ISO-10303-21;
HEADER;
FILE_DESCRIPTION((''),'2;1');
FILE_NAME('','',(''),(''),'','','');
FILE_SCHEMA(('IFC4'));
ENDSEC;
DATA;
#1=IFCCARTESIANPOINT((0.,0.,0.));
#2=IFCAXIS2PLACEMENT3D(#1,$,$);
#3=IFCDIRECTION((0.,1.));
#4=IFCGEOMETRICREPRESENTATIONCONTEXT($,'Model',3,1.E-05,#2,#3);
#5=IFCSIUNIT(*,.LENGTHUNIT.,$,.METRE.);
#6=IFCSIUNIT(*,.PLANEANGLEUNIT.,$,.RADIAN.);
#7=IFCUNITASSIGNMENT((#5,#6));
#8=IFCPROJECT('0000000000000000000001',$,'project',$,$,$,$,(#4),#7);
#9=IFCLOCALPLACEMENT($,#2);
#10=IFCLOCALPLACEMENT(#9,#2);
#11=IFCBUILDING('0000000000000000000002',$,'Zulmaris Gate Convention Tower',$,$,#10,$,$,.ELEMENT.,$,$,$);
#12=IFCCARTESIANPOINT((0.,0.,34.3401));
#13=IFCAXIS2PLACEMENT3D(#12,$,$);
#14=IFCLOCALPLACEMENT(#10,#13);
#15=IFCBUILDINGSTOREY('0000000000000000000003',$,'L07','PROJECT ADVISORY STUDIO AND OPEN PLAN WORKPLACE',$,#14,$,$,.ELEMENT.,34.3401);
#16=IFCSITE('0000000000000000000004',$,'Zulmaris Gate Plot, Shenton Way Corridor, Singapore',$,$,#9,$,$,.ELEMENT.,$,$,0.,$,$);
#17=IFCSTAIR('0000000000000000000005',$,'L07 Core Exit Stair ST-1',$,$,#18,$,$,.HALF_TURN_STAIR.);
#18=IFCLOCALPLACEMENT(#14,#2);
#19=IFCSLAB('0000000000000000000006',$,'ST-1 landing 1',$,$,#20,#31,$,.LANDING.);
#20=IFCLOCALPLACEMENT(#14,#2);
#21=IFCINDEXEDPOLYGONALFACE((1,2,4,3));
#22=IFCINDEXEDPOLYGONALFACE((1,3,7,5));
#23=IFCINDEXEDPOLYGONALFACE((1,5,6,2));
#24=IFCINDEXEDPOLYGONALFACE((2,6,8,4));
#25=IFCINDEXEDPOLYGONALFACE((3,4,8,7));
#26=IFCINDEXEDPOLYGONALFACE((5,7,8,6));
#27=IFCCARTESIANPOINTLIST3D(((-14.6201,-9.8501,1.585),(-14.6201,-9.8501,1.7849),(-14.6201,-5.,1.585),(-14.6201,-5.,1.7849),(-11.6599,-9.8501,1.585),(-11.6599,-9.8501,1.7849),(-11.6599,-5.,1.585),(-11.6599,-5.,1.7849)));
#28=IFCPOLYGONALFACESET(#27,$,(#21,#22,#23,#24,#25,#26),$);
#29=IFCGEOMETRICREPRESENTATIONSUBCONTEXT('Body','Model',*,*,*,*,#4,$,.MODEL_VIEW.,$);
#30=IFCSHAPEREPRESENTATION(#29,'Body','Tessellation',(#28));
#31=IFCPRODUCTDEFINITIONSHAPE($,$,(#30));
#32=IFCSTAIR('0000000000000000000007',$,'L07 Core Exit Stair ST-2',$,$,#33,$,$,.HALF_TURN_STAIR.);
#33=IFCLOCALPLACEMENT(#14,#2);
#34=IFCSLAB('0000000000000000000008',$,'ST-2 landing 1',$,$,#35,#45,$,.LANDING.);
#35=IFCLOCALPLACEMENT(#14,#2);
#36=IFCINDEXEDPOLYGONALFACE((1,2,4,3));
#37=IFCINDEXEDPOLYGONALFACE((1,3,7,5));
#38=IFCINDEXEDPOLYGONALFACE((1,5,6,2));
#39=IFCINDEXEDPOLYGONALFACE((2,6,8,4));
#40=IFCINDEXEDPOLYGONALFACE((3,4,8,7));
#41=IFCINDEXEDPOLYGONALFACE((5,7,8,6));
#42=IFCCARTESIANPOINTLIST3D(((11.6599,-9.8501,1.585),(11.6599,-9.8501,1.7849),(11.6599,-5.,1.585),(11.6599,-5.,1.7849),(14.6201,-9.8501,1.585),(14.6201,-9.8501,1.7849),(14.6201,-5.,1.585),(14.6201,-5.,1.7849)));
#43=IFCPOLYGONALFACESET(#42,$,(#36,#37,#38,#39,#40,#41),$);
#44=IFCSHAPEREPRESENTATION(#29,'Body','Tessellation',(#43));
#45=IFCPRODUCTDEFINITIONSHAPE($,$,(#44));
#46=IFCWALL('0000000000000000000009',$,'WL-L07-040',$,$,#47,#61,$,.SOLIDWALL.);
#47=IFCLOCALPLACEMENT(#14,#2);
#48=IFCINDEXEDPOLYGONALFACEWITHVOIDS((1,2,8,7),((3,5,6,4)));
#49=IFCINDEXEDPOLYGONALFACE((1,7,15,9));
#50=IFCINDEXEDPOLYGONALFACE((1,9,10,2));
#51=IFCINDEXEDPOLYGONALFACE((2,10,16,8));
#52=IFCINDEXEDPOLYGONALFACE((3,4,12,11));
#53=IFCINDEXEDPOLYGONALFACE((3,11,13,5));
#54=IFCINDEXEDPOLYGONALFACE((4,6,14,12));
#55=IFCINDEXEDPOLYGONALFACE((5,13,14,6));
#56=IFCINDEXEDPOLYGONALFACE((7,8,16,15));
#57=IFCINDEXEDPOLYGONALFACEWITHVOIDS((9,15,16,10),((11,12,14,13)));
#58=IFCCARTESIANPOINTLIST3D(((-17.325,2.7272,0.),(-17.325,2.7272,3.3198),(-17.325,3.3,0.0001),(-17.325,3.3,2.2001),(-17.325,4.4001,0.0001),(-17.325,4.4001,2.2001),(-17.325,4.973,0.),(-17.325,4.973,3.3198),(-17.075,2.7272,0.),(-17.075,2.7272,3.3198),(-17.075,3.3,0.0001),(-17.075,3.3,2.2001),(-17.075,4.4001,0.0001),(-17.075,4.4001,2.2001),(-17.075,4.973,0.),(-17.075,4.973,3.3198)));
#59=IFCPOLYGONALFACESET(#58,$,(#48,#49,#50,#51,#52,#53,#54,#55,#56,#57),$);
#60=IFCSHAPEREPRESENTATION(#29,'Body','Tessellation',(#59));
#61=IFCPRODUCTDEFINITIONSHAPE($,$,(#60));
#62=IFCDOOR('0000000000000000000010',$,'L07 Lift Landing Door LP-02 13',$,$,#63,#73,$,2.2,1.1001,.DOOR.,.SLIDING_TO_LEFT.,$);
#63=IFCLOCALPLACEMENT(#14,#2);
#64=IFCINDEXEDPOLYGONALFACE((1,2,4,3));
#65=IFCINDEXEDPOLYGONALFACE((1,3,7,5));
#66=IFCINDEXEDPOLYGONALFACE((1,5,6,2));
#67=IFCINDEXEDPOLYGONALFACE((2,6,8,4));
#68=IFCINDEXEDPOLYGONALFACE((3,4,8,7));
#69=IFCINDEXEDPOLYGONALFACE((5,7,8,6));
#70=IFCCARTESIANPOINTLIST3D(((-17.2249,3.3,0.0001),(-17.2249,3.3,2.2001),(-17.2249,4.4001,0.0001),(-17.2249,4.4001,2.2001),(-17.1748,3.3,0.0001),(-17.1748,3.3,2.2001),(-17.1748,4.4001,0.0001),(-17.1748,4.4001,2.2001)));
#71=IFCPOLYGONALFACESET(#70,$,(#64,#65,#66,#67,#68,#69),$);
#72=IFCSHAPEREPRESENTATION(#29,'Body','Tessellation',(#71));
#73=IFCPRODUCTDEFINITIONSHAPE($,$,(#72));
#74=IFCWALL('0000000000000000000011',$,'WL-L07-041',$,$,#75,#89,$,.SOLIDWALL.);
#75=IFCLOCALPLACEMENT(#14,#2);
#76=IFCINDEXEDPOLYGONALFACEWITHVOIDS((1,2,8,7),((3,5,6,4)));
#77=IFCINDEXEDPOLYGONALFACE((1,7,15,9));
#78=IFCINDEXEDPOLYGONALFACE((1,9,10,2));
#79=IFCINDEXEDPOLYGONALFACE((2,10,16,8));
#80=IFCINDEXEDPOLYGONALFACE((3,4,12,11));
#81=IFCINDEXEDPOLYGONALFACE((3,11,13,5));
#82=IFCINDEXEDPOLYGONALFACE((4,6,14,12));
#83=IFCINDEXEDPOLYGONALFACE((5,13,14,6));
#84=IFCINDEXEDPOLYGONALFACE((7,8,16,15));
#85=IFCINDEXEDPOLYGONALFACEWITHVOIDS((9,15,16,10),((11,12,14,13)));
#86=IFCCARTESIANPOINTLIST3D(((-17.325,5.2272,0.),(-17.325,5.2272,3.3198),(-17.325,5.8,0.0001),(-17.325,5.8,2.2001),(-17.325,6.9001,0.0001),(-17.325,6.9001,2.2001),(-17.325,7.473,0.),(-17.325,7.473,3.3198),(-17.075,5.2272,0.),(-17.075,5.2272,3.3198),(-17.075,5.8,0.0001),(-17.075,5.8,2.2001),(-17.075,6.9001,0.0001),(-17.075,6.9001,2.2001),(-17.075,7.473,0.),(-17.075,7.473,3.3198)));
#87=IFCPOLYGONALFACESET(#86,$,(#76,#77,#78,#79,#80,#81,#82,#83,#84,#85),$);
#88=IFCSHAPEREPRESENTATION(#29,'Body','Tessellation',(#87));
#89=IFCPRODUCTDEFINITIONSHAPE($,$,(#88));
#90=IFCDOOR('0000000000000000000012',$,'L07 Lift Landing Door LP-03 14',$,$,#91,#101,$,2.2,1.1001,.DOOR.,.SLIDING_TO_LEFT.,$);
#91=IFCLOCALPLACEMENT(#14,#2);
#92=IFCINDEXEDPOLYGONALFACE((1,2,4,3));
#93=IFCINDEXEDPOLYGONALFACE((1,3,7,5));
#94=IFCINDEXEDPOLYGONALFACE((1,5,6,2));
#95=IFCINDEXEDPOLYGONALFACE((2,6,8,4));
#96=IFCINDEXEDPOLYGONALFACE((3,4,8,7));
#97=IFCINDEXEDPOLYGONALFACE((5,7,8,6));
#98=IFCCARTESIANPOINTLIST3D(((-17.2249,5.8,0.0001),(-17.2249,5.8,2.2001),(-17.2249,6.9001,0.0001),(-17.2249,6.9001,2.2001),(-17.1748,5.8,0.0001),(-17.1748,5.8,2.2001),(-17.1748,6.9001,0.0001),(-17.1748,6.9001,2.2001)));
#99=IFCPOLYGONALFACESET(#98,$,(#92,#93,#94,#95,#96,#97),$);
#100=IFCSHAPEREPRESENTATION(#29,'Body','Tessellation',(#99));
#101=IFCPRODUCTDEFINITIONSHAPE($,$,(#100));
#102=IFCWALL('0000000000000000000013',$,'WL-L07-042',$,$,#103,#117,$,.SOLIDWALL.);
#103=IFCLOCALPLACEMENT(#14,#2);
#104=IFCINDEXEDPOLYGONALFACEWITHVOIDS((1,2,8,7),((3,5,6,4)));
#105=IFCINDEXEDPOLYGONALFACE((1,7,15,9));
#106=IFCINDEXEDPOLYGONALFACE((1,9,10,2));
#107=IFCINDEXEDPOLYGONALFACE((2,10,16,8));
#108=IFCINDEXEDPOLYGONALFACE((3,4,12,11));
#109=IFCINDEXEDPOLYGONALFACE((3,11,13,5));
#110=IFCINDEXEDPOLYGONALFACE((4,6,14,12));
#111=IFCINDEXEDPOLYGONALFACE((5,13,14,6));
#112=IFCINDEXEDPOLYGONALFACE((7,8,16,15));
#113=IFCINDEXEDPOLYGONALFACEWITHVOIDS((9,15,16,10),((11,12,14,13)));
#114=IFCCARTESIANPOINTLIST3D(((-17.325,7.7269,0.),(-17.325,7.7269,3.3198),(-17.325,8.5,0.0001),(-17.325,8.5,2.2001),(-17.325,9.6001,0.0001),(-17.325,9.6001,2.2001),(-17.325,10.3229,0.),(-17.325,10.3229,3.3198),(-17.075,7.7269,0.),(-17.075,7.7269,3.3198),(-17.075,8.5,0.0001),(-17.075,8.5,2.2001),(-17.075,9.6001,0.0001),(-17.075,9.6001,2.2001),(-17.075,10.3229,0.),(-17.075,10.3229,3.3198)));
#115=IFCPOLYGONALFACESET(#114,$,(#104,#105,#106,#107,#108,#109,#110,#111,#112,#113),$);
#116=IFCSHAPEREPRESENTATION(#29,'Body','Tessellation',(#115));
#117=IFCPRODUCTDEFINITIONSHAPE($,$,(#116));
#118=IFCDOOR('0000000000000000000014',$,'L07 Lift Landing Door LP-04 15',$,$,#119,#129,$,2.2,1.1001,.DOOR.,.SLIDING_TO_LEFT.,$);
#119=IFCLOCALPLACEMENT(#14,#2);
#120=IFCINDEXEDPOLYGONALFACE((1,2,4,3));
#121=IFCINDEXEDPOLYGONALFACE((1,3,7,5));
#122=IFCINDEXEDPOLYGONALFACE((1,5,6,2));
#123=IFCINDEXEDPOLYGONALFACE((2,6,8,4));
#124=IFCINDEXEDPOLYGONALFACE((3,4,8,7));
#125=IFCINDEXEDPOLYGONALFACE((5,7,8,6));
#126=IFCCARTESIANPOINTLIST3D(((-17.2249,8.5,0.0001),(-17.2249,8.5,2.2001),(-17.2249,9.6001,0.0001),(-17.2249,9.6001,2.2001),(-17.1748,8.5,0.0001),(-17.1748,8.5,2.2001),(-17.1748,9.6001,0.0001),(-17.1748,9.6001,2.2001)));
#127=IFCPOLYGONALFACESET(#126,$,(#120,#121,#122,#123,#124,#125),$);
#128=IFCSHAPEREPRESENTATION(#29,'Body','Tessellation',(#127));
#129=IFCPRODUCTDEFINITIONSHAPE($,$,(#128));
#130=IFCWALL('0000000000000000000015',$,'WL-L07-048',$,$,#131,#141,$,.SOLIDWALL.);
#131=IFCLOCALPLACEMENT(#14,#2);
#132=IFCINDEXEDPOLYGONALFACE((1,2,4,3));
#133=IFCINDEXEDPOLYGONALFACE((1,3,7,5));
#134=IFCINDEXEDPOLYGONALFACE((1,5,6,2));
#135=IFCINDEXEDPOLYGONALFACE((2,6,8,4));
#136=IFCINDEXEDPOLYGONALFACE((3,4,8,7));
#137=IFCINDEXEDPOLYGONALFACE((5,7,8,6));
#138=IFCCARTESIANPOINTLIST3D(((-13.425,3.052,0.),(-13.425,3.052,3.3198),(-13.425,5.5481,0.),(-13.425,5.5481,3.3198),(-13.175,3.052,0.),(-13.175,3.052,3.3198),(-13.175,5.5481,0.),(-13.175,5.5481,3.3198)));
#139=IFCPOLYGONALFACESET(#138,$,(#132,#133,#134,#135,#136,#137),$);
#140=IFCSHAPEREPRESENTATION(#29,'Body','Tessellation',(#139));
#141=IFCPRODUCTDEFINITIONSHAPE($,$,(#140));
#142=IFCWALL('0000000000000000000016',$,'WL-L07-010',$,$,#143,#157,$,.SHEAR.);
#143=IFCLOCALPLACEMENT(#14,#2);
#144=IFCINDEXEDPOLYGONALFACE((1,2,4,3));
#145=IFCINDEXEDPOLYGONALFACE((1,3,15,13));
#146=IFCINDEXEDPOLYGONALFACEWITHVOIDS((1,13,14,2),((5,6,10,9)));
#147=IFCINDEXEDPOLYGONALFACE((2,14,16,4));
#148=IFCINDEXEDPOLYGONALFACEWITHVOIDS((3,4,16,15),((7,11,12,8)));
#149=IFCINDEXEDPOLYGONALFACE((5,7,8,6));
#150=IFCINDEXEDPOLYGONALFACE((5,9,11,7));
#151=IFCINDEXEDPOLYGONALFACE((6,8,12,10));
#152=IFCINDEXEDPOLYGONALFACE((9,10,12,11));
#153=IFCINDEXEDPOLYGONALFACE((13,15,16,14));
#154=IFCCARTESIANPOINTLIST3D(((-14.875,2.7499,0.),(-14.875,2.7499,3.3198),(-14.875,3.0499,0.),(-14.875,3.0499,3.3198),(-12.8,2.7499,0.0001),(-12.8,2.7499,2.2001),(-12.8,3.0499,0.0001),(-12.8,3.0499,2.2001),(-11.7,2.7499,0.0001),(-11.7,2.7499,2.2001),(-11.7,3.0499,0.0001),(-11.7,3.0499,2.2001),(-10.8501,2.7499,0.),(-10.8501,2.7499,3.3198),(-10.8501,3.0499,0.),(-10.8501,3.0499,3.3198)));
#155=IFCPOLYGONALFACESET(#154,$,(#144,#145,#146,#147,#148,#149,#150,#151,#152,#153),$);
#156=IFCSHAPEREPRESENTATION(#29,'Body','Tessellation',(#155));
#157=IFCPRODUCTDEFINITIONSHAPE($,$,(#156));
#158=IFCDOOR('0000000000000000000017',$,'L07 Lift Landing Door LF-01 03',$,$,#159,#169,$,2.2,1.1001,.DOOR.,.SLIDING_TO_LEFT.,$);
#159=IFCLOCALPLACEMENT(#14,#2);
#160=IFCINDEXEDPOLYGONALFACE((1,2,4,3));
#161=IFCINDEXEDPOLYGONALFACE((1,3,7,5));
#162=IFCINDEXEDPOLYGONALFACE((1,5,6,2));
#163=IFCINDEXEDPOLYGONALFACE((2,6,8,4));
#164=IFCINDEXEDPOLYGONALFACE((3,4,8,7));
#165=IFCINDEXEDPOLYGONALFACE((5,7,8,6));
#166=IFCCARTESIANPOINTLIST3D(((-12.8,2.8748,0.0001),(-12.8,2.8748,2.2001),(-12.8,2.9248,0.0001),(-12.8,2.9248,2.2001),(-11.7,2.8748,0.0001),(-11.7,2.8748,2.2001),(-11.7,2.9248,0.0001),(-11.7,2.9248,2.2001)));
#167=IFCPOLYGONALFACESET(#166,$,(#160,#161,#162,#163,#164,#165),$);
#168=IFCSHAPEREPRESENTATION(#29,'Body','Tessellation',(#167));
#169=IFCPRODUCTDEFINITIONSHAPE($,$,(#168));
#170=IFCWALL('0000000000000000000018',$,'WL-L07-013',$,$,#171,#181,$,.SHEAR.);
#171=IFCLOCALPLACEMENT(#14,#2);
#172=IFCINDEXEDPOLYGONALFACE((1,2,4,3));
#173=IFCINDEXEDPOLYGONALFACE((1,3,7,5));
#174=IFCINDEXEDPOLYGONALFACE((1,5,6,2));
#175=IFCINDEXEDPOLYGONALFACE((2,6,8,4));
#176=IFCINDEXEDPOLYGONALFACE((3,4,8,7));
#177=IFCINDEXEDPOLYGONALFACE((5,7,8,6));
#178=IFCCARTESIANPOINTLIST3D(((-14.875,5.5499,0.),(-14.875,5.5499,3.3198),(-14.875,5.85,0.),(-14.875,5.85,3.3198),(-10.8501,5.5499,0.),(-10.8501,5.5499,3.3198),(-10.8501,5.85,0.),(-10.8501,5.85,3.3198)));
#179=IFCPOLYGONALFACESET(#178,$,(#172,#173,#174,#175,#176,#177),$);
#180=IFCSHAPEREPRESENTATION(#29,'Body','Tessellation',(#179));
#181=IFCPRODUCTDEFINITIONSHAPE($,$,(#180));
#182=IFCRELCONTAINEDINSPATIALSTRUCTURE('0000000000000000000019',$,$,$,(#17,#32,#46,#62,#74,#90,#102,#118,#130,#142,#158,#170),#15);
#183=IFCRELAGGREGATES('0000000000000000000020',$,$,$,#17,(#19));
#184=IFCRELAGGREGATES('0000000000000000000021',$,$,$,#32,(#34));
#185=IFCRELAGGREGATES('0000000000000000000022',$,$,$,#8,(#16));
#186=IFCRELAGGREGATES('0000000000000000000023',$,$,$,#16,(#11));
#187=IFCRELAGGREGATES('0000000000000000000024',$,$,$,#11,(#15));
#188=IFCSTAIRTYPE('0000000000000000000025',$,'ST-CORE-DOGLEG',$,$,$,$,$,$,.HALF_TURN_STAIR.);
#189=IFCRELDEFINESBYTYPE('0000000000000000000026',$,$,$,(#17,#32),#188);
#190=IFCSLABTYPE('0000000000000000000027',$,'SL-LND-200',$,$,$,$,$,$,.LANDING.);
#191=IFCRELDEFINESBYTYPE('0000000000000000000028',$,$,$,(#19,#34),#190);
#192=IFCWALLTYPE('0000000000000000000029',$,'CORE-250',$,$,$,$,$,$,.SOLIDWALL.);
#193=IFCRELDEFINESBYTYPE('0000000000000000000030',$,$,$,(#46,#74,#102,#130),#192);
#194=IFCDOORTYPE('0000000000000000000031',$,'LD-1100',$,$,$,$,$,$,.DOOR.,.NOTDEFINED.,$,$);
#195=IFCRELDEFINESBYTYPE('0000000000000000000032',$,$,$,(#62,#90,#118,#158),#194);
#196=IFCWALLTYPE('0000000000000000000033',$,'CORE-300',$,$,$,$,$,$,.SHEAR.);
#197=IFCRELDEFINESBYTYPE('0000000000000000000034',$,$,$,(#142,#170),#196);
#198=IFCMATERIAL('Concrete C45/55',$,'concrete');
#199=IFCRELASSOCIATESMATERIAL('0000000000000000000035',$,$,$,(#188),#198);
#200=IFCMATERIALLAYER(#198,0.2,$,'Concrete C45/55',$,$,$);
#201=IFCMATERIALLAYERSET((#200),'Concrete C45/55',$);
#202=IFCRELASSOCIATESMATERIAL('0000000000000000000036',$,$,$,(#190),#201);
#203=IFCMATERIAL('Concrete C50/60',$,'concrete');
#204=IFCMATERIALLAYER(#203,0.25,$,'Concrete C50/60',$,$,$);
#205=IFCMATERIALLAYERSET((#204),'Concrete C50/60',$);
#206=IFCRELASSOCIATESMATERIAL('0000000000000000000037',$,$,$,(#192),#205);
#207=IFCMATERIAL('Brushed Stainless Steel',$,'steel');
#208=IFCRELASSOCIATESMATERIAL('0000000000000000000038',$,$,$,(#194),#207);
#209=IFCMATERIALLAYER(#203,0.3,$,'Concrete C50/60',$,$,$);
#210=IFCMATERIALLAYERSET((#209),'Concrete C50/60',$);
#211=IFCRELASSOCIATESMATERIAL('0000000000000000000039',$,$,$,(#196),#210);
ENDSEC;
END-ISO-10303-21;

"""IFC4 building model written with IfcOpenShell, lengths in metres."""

from ifc_helpers import new_model, si_unit, direction, frame, frame_2d, origin, place, context, subcontext, project, spatial, polyline, rectangle, outline, extrude, material, layer, layer_set, type_object, element, fill, aggregate, save


model = new_model("IFC4")

# Units and contexts
model_context = context("Model", 3, precision=1e-05, world=origin(), true_north=direction((0.0, 1.0)))
body_context = subcontext(model_context, "Body", "Model", "MODEL_VIEW")
ifc_project = project(units=[si_unit("LENGTHUNIT", "METRE"), si_unit("PLANEANGLEUNIT", "RADIAN")], contexts=[model_context])

# Site, building, storey
site_placement = place(None, origin())
site = spatial("IfcSite", under=ifc_project, at=site_placement, Name="Zulmaris Gate Plot, Shenton Way Corridor, Singapore", CompositionType="ELEMENT", RefElevation=0.0)
building_placement = place(site_placement, origin())
building = spatial("IfcBuilding", under=site, at=building_placement, Name="Zulmaris Gate Convention Tower", CompositionType="ELEMENT")
storey_placement = place(building_placement, frame((0.0, 0.0, 34.3401)))
storey = spatial("IfcBuildingStorey", under=building, at=storey_placement, Name="L07", Description="PROJECT ADVISORY STUDIO AND OPEN PLAN WORKPLACE", CompositionType="ELEMENT", Elevation=34.3401)

# Shared definitions
ifc_material_1 = material(Name="Concrete C50/60", Category="concrete")

# Stairs, slabs
ifc_material_2 = material(Name="Concrete C45/55", Category="concrete")
stair_type = type_object("IfcStairType", Name="ST-CORE-DOGLEG", PredefinedType="HALF_TURN_STAIR", material=ifc_material_2)
stair_1_placement = place(storey_placement, origin())
stair_1 = element("IfcStair", 1, at=stair_1_placement, inside=storey, type_object=stair_type, Name="L07 Core Exit Stair ST-1", PredefinedType="HALF_TURN_STAIR")
ifc_layer_1 = layer(ifc_material_2, 0.2, Name="Concrete C45/55")
ifc_layer_set_1 = layer_set([ifc_layer_1], Name="Concrete C45/55")
slab_type_1 = type_object("IfcSlabType", Name="SL-LND-200", PredefinedType="LANDING", material=ifc_layer_set_1)
slab_1_placement = place(storey_placement, frame((0.0, 0.0, 1.585)))
slab_1 = element("IfcSlab", 2, at=slab_1_placement, type_object=slab_type_1, Name="ST-1 landing 1", PredefinedType="LANDING", context=body_context, shape_type="SweptSolid", body=[
    extrude(outline(polyline([(-14.6201, -5.0), (-14.6201, -9.8501), (-11.6599, -9.8501), (-11.6599, -5.0), (-14.6201, -5.0)])), origin(), (0.0, 0.0, 1.0), 0.2),
])
aggregate(stair_1, [slab_1])
stair_2_placement = place(storey_placement, origin())
stair_2 = element("IfcStair", 3, at=stair_2_placement, inside=storey, type_object=stair_type, Name="L07 Core Exit Stair ST-2", PredefinedType="HALF_TURN_STAIR")
slab_2_placement = place(storey_placement, frame((0.0, 0.0, 1.585)))
slab_2 = element("IfcSlab", 4, at=slab_2_placement, type_object=slab_type_1, Name="ST-2 landing 1", PredefinedType="LANDING", context=body_context, shape_type="SweptSolid", body=[
    extrude(outline(polyline([(11.6599, -5.0), (11.6599, -9.8501), (14.6201, -9.8501), (14.6201, -5.0), (11.6599, -5.0)])), origin(), (0.0, 0.0, 1.0), 0.2),
])
aggregate(stair_2, [slab_2])

# Walls, openings, doors
ifc_layer_2 = layer(ifc_material_1, 0.25, Name="Concrete C50/60")
ifc_layer_set_2 = layer_set([ifc_layer_2], Name="Concrete C50/60")
wall_type_1 = type_object("IfcWallType", Name="CORE-250", PredefinedType="SOLIDWALL", material=ifc_layer_set_2)
wall_1_placement = place(storey_placement, frame((-17.2, 2.7271, 0.0), z_axis=(0.0, 0.0, 1.0), x_axis=(0.0, 1.0, 0.0)))
wall_1 = element("IfcWall", 5, at=wall_1_placement, inside=storey, type_object=wall_type_1, Name="WL-L07-040", PredefinedType="SOLIDWALL", context=body_context, shape_type="SweptSolid", body=[
    extrude(rectangle(XDim=2.2458, YDim=0.25, at=frame_2d((1.123, 0.0))), origin(), (0.0, 0.0, 1.0), 3.3198),
])
opening_1_placement = place(wall_1_placement, frame((0.573, 0.0, 0.0)))
opening_1 = element("IfcOpeningElement", 6, at=opening_1_placement, cuts=wall_1, PredefinedType="OPENING", context=body_context, shape_type="SweptSolid", body=[
    extrude(rectangle(XDim=1.1001, YDim=2.2, at=frame_2d((0.55, 1.1001))), frame((0.0, 0.135, 0.0), z_axis=(0.0, -1.0, 0.0), x_axis=(1.0, 0.0, 0.0)), (0.0, 0.0, 1.0), 0.27),
])
ifc_material_3 = material(Name="Brushed Stainless Steel", Category="steel")
door_type_1 = type_object("IfcDoorType", Name="LD-1100", OperationType="NOTDEFINED", PredefinedType="DOOR", material=ifc_material_3)
door_1_placement = place(opening_1_placement, origin())
door_1 = element("IfcDoor", 7, at=door_1_placement, inside=storey, type_object=door_type_1, Name="L07 Lift Landing Door LP-02 13", OperationType="SLIDING_TO_LEFT", OverallHeight=2.2, OverallWidth=1.1001, PredefinedType="DOOR", context=body_context, shape_type="SweptSolid", body=[
    extrude(rectangle(XDim=1.1001, YDim=2.2, at=frame_2d((0.55, 1.1001))), frame((0.0, 0.0249, 0.0), z_axis=(0.0, -1.0, 0.0), x_axis=(1.0, 0.0, 0.0)), (0.0, 0.0, 1.0), 0.05),
])
fill(opening_1, door_1)
wall_2_placement = place(storey_placement, frame((-17.2, 5.2271, 0.0), z_axis=(0.0, 0.0, 1.0), x_axis=(0.0, 1.0, 0.0)))
wall_2 = element("IfcWall", 8, at=wall_2_placement, inside=storey, type_object=wall_type_1, Name="WL-L07-041", PredefinedType="SOLIDWALL", context=body_context, shape_type="SweptSolid", body=[
    extrude(rectangle(XDim=2.2458, YDim=0.25, at=frame_2d((1.123, 0.0))), origin(), (0.0, 0.0, 1.0), 3.3198),
])
opening_2_placement = place(wall_2_placement, frame((0.573, 0.0, 0.0)))
opening_2 = element("IfcOpeningElement", 9, at=opening_2_placement, cuts=wall_2, PredefinedType="OPENING", context=body_context, shape_type="SweptSolid", body=[
    extrude(rectangle(XDim=1.1001, YDim=2.2, at=frame_2d((0.55, 1.1001))), frame((0.0, 0.135, 0.0), z_axis=(0.0, -1.0, 0.0), x_axis=(1.0, 0.0, 0.0)), (0.0, 0.0, 1.0), 0.27),
])
door_2_placement = place(opening_2_placement, origin())
door_2 = element("IfcDoor", 10, at=door_2_placement, inside=storey, type_object=door_type_1, Name="L07 Lift Landing Door LP-03 14", OperationType="SLIDING_TO_LEFT", OverallHeight=2.2, OverallWidth=1.1001, PredefinedType="DOOR", context=body_context, shape_type="SweptSolid", body=[
    extrude(rectangle(XDim=1.1001, YDim=2.2, at=frame_2d((0.55, 1.1001))), frame((0.0, 0.0249, 0.0), z_axis=(0.0, -1.0, 0.0), x_axis=(1.0, 0.0, 0.0)), (0.0, 0.0, 1.0), 0.05),
])
fill(opening_2, door_2)
wall_3_placement = place(storey_placement, frame((-17.2, 7.7271, 0.0), z_axis=(0.0, 0.0, 1.0), x_axis=(0.0, 1.0, 0.0)))
wall_3 = element("IfcWall", 11, at=wall_3_placement, inside=storey, type_object=wall_type_1, Name="WL-L07-042", PredefinedType="SOLIDWALL", context=body_context, shape_type="SweptSolid", body=[
    extrude(rectangle(XDim=2.5959, YDim=0.25, at=frame_2d((1.2979, 0.0))), origin(), (0.0, 0.0, 1.0), 3.3198),
])
opening_3_placement = place(wall_3_placement, frame((0.7729, 0.0, 0.0)))
opening_3 = element("IfcOpeningElement", 12, at=opening_3_placement, cuts=wall_3, PredefinedType="OPENING", context=body_context, shape_type="SweptSolid", body=[
    extrude(rectangle(XDim=1.1001, YDim=2.2, at=frame_2d((0.55, 1.1001))), frame((0.0, 0.135, 0.0), z_axis=(0.0, -1.0, 0.0), x_axis=(1.0, 0.0, 0.0)), (0.0, 0.0, 1.0), 0.27),
])
door_3_placement = place(opening_3_placement, origin())
door_3 = element("IfcDoor", 13, at=door_3_placement, inside=storey, type_object=door_type_1, Name="L07 Lift Landing Door LP-04 15", OperationType="SLIDING_TO_LEFT", OverallHeight=2.2, OverallWidth=1.1001, PredefinedType="DOOR", context=body_context, shape_type="SweptSolid", body=[
    extrude(rectangle(XDim=1.1001, YDim=2.2, at=frame_2d((0.55, 1.1001))), frame((0.0, 0.0249, 0.0), z_axis=(0.0, -1.0, 0.0), x_axis=(1.0, 0.0, 0.0)), (0.0, 0.0, 1.0), 0.05),
])
fill(opening_3, door_3)

# Wall
wall_4_placement = place(storey_placement, frame((-13.3, 3.052, 0.0), z_axis=(0.0, 0.0, 1.0), x_axis=(0.0, 1.0, 0.0)))
element("IfcWall", 14, at=wall_4_placement, inside=storey, type_object=wall_type_1, Name="WL-L07-048", PredefinedType="SOLIDWALL", context=body_context, shape_type="SweptSolid", body=[
    extrude(rectangle(XDim=2.4961, YDim=0.25, at=frame_2d((1.248, 0.0))), origin(), (0.0, 0.0, 1.0), 3.3198),
])

# Wall, opening, door
ifc_layer_3 = layer(ifc_material_1, 0.3, Name="Concrete C50/60")
ifc_layer_set_3 = layer_set([ifc_layer_3], Name="Concrete C50/60")
wall_type_2 = type_object("IfcWallType", Name="CORE-300", PredefinedType="SHEAR", material=ifc_layer_set_3)
wall_5_placement = place(storey_placement, frame((-14.875, 2.8999, 0.0), z_axis=(0.0, 0.0, 1.0), x_axis=(1.0, 0.0, 0.0)))
wall_5 = element("IfcWall", 15, at=wall_5_placement, inside=storey, type_object=wall_type_2, Name="WL-L07-010", PredefinedType="SHEAR", context=body_context, shape_type="SweptSolid", body=[
    extrude(rectangle(XDim=4.0249, YDim=0.3, at=frame_2d((2.0125, 0.0))), origin(), (0.0, 0.0, 1.0), 3.3198),
])
opening_4_placement = place(wall_5_placement, frame((2.075, 0.0, 0.0)))
opening_4 = element("IfcOpeningElement", 16, at=opening_4_placement, cuts=wall_5, PredefinedType="OPENING", context=body_context, shape_type="SweptSolid", body=[
    extrude(rectangle(XDim=1.1001, YDim=2.2, at=frame_2d((0.55, 1.1001))), frame((0.0, 0.1602, 0.0), z_axis=(0.0, -1.0, 0.0), x_axis=(1.0, 0.0, 0.0)), (0.0, 0.0, 1.0), 0.3201),
])
door_4_placement = place(opening_4_placement, origin())
door_4 = element("IfcDoor", 17, at=door_4_placement, inside=storey, type_object=door_type_1, Name="L07 Lift Landing Door LF-01 03", OperationType="SLIDING_TO_LEFT", OverallHeight=2.2, OverallWidth=1.1001, PredefinedType="DOOR", context=body_context, shape_type="SweptSolid", body=[
    extrude(rectangle(XDim=1.1001, YDim=2.2, at=frame_2d((0.55, 1.1001))), frame((0.0, 0.0249, 0.0), z_axis=(0.0, -1.0, 0.0), x_axis=(1.0, 0.0, 0.0)), (0.0, 0.0, 1.0), 0.05),
])
fill(opening_4, door_4)

# Wall
wall_6_placement = place(storey_placement, frame((-14.875, 5.7, 0.0), z_axis=(0.0, 0.0, 1.0), x_axis=(1.0, 0.0, 0.0)))
element("IfcWall", 18, at=wall_6_placement, inside=storey, type_object=wall_type_2, Name="WL-L07-013", PredefinedType="SHEAR", context=body_context, shape_type="SweptSolid", body=[
    extrude(rectangle(XDim=4.0249, YDim=0.3, at=frame_2d((2.0125, 0.0))), origin(), (0.0, 0.0, 1.0), 3.3198),
])

save(model, "model.ifc")
